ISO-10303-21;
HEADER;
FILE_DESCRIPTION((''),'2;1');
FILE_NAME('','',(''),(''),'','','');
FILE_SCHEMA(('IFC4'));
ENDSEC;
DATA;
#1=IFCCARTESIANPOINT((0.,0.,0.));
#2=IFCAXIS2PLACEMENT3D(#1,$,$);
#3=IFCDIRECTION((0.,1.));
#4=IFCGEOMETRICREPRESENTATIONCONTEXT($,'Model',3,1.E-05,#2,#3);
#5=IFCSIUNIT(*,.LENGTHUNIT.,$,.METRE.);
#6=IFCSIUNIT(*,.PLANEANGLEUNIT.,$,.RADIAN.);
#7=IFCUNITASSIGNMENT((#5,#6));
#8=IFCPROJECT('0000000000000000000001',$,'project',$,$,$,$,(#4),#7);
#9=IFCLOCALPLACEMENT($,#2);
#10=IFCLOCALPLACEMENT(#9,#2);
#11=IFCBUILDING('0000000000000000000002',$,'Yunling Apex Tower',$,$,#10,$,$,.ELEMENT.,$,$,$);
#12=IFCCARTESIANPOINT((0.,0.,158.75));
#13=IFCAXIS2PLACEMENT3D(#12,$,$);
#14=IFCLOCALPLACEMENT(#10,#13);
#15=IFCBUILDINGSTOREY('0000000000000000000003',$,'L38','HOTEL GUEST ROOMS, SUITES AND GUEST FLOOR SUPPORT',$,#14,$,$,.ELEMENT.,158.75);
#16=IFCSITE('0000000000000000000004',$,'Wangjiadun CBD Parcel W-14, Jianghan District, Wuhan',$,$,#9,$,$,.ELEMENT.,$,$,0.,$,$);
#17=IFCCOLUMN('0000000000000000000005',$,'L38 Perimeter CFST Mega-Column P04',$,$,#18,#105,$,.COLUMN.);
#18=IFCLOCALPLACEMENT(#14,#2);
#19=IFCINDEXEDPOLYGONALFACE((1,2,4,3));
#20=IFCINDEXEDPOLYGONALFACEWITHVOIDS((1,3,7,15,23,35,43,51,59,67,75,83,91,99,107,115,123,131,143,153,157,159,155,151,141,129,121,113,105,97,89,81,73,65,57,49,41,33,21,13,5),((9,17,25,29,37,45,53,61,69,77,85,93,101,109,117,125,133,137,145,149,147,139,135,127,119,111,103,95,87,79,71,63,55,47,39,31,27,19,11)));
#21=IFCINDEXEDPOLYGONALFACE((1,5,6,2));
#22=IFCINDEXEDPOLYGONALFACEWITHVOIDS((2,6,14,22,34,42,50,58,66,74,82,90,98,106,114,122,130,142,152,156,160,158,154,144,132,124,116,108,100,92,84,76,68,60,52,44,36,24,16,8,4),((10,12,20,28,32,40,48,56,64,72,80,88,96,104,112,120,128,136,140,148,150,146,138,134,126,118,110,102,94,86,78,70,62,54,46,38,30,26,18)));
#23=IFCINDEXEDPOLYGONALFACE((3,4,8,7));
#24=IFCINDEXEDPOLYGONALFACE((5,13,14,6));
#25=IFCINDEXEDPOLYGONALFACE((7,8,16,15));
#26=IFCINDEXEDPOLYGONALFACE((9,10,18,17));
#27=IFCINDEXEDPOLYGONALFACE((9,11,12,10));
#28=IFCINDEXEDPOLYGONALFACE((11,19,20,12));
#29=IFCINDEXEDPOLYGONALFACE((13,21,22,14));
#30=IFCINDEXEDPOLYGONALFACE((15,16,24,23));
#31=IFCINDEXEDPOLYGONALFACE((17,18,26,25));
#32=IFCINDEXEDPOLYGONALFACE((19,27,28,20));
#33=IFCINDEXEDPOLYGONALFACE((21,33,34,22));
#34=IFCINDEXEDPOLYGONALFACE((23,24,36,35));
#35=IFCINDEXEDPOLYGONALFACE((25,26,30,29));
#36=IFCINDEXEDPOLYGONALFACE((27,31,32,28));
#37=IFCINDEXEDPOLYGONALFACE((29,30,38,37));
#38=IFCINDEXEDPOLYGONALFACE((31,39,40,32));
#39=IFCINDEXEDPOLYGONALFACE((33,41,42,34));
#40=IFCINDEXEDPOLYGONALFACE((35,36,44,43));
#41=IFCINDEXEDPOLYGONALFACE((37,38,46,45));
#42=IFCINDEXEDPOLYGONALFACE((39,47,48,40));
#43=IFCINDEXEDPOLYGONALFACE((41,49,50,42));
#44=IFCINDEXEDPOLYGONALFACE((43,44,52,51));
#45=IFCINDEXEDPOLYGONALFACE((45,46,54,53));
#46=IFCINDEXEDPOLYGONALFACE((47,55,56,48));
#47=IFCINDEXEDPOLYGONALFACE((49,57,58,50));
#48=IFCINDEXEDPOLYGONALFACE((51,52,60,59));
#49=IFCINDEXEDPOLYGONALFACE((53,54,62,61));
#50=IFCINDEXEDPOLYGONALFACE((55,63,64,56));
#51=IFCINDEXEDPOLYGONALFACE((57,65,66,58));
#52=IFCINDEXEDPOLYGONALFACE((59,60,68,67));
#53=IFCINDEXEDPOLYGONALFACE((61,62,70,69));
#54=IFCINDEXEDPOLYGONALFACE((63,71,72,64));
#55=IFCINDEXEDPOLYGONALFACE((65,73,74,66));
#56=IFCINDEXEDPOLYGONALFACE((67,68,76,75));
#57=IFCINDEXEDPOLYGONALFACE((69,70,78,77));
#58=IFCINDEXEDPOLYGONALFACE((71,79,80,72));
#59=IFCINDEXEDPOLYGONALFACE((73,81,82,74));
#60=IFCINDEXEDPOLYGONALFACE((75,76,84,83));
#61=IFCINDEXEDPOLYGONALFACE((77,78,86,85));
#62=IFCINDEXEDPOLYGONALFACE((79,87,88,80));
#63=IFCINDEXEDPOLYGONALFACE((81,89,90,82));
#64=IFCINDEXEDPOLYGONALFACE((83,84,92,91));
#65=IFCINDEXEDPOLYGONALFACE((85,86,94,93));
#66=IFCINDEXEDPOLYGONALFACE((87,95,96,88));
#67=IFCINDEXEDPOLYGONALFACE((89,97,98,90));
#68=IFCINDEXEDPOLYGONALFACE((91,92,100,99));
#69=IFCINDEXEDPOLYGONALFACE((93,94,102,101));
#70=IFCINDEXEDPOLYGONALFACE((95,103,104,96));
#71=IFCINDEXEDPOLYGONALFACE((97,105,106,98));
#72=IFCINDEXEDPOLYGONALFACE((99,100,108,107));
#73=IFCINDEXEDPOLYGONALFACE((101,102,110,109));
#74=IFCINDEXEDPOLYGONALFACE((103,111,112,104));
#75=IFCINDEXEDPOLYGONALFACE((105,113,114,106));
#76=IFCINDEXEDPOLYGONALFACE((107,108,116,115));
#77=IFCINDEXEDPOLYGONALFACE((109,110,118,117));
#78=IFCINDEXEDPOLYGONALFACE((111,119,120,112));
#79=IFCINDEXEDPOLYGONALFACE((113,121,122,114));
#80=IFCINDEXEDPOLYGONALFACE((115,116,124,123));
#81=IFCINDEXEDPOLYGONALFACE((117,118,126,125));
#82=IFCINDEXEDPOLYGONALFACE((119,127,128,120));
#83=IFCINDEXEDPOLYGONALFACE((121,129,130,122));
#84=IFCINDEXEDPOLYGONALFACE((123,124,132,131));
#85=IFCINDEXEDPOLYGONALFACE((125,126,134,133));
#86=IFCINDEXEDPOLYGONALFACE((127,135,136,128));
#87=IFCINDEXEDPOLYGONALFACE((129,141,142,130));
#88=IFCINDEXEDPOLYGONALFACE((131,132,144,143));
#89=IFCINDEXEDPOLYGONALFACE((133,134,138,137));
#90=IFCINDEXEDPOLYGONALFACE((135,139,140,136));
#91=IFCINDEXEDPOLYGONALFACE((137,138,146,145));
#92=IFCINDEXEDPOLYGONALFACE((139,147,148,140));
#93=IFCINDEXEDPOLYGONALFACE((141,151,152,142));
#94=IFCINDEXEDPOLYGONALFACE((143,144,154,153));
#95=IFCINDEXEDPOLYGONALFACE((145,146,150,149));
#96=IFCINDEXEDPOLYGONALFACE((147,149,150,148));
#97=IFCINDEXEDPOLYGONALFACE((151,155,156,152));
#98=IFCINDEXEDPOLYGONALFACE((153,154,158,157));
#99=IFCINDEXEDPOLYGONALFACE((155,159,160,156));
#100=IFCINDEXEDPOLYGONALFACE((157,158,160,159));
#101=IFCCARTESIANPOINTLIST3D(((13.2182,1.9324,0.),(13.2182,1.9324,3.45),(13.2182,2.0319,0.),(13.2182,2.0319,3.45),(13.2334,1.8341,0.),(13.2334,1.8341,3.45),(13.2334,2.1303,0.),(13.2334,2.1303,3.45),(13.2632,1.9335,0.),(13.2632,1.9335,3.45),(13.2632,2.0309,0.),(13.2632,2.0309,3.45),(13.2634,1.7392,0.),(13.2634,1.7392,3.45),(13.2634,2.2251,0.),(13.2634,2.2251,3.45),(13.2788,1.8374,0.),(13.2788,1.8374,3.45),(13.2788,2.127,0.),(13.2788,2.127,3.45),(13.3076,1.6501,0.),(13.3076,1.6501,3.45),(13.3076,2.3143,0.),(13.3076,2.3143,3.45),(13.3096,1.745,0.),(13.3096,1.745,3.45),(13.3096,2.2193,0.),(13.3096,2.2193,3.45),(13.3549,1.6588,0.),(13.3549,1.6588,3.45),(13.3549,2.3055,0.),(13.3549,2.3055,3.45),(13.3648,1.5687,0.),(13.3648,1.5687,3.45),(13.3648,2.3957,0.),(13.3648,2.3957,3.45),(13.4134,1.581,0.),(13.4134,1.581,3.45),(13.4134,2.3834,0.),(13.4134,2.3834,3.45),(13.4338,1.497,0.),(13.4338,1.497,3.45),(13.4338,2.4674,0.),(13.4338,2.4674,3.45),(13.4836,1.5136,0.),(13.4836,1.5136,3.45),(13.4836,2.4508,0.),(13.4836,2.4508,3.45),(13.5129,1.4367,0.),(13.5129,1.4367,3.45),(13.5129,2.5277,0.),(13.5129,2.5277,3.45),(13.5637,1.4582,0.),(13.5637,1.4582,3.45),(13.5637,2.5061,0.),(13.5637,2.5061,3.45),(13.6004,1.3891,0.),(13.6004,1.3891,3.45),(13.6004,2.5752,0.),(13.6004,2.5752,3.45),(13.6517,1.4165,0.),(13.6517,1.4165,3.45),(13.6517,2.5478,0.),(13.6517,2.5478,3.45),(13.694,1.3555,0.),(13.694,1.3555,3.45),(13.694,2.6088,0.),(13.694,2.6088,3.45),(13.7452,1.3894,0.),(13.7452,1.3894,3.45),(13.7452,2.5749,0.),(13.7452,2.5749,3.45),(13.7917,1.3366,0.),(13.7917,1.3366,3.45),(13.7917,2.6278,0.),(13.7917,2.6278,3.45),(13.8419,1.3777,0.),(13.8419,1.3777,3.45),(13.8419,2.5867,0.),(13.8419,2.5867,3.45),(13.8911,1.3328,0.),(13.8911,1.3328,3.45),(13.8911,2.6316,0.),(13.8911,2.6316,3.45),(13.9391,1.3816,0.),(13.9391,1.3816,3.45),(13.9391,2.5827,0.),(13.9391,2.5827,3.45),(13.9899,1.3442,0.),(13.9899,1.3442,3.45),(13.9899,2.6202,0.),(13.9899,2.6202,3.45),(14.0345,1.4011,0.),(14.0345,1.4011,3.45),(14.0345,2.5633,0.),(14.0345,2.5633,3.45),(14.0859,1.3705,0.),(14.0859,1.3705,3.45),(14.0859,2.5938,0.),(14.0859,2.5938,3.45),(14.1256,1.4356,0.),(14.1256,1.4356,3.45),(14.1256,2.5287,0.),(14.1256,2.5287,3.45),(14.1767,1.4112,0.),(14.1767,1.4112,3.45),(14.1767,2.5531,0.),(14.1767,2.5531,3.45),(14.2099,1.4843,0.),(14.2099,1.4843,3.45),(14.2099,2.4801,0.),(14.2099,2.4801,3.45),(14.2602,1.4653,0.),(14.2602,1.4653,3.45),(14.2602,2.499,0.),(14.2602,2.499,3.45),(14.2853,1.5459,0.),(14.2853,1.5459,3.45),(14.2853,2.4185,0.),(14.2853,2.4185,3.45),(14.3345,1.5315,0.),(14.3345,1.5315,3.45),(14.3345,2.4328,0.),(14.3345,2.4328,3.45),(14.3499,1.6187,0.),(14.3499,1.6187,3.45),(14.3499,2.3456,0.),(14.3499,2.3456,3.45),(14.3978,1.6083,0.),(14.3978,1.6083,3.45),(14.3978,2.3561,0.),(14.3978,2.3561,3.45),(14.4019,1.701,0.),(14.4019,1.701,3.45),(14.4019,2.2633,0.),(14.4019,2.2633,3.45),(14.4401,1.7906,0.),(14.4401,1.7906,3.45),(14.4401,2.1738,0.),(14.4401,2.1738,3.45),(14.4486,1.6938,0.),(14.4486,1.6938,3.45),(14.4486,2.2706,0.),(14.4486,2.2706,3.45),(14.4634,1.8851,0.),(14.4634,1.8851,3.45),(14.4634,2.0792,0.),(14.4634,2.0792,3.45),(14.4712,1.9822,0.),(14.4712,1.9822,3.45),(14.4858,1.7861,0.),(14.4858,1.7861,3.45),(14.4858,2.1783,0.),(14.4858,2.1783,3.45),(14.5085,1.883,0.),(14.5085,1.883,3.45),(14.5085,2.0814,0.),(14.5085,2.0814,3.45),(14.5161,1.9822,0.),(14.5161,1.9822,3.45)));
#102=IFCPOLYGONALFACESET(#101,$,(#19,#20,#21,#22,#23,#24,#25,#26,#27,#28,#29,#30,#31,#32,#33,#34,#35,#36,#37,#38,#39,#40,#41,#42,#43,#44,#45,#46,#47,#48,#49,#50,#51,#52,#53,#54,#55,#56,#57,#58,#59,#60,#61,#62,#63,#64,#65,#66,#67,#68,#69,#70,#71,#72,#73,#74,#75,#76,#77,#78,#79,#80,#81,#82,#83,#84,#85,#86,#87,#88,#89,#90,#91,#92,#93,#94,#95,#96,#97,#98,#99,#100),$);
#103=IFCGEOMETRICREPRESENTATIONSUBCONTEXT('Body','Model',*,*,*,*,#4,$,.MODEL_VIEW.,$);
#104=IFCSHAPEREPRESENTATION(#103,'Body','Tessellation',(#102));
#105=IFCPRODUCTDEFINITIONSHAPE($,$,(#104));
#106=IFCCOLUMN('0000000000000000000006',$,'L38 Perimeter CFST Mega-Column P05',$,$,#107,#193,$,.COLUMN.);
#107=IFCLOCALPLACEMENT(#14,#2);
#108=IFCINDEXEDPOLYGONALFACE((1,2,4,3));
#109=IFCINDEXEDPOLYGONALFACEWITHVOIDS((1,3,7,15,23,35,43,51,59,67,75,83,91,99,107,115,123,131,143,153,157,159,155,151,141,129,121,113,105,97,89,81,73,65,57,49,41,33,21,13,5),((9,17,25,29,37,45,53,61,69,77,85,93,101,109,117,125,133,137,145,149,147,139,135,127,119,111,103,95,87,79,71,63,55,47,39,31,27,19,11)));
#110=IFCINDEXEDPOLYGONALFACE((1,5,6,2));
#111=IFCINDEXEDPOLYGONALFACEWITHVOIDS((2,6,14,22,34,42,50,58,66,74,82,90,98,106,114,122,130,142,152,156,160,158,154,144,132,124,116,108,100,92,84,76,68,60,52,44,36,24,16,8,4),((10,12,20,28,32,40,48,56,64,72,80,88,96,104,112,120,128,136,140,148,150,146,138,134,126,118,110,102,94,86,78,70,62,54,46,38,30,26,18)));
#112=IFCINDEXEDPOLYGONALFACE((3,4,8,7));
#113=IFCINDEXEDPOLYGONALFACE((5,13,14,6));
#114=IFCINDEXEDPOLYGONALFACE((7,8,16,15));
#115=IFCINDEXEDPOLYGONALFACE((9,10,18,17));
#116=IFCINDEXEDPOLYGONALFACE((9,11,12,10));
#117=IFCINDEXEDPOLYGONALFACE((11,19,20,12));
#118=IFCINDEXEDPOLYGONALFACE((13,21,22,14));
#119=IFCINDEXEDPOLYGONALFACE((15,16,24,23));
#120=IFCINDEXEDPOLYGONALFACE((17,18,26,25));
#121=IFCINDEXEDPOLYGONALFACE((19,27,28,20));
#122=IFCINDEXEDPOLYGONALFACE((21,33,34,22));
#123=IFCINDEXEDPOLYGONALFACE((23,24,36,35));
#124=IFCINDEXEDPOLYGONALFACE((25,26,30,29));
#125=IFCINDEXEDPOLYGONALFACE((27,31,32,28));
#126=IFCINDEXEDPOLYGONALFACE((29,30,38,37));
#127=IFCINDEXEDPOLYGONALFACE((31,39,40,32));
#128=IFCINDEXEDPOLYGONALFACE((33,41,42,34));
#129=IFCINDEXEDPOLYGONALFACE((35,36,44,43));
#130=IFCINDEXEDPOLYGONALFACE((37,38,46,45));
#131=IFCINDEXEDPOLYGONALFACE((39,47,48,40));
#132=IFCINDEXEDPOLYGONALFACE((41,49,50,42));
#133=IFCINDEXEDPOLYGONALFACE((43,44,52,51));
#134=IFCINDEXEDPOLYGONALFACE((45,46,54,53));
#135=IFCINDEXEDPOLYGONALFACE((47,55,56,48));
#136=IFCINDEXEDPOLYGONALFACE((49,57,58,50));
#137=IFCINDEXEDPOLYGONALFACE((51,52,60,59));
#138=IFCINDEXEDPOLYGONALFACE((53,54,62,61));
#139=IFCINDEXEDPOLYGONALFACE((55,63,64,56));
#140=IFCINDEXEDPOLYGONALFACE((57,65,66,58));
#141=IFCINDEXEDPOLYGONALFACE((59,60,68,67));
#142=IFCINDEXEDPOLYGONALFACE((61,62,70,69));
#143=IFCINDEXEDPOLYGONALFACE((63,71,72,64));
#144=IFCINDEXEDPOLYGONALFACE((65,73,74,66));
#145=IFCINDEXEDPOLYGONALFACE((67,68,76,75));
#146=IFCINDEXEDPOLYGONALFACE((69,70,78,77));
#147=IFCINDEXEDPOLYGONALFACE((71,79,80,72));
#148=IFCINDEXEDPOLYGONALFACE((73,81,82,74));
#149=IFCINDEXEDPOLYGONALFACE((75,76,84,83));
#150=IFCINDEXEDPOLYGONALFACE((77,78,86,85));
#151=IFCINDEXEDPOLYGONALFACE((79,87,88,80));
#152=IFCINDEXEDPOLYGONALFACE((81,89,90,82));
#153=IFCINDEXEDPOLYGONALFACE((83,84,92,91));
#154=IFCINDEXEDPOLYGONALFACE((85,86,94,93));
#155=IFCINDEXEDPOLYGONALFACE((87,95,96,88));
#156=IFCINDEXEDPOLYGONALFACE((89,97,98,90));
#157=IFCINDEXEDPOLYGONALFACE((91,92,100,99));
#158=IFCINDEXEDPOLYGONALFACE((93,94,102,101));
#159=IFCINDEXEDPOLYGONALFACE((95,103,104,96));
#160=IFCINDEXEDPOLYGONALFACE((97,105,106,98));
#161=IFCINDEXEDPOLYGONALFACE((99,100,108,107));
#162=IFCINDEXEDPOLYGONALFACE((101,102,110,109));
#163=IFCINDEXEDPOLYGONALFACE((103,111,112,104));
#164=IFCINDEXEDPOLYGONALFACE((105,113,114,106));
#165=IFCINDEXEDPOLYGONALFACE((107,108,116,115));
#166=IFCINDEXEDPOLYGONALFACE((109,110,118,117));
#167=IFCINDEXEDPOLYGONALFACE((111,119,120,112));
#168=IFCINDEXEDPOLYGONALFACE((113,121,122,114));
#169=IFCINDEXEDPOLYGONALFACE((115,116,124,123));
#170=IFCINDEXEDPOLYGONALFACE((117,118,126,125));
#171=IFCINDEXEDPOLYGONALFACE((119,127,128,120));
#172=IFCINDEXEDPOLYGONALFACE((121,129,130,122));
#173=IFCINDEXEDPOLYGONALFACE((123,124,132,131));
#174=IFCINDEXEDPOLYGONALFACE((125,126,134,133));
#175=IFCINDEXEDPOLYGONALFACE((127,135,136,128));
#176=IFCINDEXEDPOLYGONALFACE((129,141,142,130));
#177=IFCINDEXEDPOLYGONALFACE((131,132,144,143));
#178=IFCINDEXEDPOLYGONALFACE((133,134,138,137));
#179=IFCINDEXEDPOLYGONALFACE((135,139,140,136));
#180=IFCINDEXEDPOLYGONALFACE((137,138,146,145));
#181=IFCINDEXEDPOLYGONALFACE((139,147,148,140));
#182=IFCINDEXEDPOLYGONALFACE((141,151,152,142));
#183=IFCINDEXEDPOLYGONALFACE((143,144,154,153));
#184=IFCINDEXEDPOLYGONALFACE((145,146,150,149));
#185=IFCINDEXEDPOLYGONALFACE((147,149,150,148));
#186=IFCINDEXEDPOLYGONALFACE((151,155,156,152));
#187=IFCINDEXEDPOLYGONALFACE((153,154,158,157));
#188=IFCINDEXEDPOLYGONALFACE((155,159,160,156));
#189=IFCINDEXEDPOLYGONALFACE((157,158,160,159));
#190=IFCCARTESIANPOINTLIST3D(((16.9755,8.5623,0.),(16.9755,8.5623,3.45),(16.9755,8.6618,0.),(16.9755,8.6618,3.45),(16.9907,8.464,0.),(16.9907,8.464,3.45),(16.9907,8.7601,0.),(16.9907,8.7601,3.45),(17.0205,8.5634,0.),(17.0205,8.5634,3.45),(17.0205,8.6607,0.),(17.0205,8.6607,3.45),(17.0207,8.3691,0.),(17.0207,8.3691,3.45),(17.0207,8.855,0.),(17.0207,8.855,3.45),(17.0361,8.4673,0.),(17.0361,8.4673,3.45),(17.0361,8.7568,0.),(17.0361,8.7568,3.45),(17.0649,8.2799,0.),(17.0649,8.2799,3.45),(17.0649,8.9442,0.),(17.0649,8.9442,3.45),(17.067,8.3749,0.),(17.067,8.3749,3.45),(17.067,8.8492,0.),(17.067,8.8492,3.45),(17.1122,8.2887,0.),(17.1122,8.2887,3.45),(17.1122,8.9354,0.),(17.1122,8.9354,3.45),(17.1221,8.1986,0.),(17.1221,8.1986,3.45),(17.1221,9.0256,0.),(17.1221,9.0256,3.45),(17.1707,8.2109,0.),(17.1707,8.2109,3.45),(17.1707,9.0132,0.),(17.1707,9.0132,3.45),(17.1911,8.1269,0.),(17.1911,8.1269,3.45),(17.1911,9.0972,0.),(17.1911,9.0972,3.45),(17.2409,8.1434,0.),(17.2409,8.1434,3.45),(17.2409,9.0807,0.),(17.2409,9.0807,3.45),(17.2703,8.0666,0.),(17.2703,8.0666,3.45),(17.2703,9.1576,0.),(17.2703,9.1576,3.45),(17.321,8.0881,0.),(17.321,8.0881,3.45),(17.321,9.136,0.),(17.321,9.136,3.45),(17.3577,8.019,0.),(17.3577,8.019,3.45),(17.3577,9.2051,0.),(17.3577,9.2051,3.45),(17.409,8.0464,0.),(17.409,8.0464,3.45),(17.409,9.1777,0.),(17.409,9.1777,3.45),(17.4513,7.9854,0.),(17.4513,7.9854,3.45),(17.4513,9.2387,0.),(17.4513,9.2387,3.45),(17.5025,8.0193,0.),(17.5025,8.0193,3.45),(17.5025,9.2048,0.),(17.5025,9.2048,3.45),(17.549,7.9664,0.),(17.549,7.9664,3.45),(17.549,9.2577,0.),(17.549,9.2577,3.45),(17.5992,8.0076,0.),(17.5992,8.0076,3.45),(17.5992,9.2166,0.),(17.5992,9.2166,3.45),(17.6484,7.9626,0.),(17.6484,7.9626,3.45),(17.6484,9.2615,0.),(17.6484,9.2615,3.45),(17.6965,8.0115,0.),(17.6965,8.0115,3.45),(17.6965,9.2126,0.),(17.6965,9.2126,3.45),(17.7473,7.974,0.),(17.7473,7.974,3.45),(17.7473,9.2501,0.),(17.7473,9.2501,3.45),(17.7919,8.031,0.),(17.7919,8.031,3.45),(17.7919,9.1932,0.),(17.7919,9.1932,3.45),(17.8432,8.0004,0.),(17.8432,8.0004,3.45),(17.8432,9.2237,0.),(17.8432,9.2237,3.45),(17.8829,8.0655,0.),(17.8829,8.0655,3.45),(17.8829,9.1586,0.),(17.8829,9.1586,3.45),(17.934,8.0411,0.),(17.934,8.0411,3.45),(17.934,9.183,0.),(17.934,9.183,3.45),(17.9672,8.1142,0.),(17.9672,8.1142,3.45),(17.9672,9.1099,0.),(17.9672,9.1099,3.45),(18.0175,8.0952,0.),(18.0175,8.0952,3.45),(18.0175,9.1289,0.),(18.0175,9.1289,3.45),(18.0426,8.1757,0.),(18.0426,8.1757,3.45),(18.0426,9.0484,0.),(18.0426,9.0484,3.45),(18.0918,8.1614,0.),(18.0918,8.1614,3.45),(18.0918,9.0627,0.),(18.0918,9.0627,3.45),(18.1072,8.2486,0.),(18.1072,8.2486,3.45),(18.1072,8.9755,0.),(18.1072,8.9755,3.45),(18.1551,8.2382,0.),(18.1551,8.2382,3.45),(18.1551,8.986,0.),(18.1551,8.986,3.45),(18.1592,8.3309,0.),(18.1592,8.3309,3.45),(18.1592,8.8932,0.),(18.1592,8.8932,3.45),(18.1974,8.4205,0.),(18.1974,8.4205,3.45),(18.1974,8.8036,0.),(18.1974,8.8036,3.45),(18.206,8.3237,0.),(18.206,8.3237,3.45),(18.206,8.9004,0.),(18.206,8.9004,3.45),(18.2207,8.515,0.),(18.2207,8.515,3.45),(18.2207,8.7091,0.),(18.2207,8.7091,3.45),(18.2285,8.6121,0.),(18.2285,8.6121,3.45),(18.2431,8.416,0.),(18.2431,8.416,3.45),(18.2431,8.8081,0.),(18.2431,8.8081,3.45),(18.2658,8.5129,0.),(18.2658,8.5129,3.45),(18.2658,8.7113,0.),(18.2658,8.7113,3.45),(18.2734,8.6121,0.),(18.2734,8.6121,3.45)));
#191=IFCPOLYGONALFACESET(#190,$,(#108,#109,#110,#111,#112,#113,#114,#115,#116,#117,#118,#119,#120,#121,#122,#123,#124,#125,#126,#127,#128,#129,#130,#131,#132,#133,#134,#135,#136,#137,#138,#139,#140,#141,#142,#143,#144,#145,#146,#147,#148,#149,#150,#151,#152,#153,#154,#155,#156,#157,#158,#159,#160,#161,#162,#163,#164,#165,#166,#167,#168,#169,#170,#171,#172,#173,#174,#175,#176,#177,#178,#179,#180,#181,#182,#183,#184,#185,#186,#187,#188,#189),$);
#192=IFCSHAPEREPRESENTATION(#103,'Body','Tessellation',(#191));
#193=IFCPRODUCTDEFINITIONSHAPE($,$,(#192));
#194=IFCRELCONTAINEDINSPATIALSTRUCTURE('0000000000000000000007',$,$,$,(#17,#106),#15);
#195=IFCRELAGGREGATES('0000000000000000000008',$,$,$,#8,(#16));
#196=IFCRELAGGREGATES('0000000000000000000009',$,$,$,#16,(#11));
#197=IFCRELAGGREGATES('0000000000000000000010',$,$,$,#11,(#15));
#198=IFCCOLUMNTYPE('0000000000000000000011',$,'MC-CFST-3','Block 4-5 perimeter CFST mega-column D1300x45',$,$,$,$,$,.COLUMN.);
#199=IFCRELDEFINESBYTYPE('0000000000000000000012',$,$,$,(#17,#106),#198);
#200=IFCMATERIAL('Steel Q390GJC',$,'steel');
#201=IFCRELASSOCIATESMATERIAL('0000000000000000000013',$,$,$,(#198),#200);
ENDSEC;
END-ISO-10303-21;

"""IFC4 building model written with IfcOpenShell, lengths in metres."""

from ifc_helpers import new_model, si_unit, direction, frame, origin, origin_2d, place, context, subcontext, project, spatial, hollow_circle, extrude, source, transform, mapped, material, material_profile, profile_set, type_object, element, save


model = new_model("IFC4")

# Units and contexts
model_context = context("Model", 3, precision=1e-05, world=origin(), true_north=direction((0.0, 1.0)))
body_context = subcontext(model_context, "Body", "Model", "MODEL_VIEW")
ifc_project = project(units=[si_unit("LENGTHUNIT", "METRE"), si_unit("PLANEANGLEUNIT", "RADIAN")], contexts=[model_context])

# Site, building, storey
site_placement = place(None, origin())
site = spatial("IfcSite", under=ifc_project, at=site_placement, Name="Wangjiadun CBD Parcel W-14, Jianghan District, Wuhan", CompositionType="ELEMENT", RefElevation=0.0)
building_placement = place(site_placement, origin())
building = spatial("IfcBuilding", under=site, at=building_placement, Name="Yunling Apex Tower", CompositionType="ELEMENT")
storey_placement = place(building_placement, frame((0.0, 0.0, 158.75)))
storey = spatial("IfcBuildingStorey", under=building, at=storey_placement, Name="L38", Description="HOTEL GUEST ROOMS, SUITES AND GUEST FLOOR SUPPORT", CompositionType="ELEMENT", Elevation=158.75)

# Columns
ifc_material_1 = material(Name="Steel Q390GJC", Category="steel")
ifc_material_profile_1 = material_profile(ifc_material_1, hollow_circle(Radius=0.6499, WallThickness=0.0449, at=origin_2d()))
ifc_profile_set_1 = profile_set([ifc_material_profile_1], Name="Steel Q390GJC")
column_type = type_object("IfcColumnType", Name="MC-CFST-3", Description="Block 4-5 perimeter CFST mega-column D1300x45", PredefinedType="COLUMN", material=ifc_profile_set_1)
shared_shape_1 = source(origin(), body_context, "Body", "SweptSolid", [
    extrude(hollow_circle(Radius=0.6499, WallThickness=0.0449, at=origin_2d()), origin(), (0.0, 0.0, 1.0), 3.45),
])
for number, where, z_axis, x_axis, name in (
    (1, (13.8662, 1.9822, 0.0), (0.0, 0.0, 1.0), (1.0, 0.0, 0.0), "L38 Perimeter CFST Mega-Column P04"),
    (2, (17.6235, 8.6121, 0.0), (0.0, 0.0, 1.0), (1.0, 0.0, 0.0), "L38 Perimeter CFST Mega-Column P05"),
):
    element("IfcColumn", number, at=place(storey_placement, frame(where, z_axis=z_axis, x_axis=x_axis)), inside=storey, type_object=column_type, Name=name, PredefinedType="COLUMN", context=body_context, shape_type="MappedRepresentation", body=[
        mapped(shared_shape_1, transform((0.0, 0.0, 0.0), scale=1.0)),
    ])

save(model, "model.ifc")
